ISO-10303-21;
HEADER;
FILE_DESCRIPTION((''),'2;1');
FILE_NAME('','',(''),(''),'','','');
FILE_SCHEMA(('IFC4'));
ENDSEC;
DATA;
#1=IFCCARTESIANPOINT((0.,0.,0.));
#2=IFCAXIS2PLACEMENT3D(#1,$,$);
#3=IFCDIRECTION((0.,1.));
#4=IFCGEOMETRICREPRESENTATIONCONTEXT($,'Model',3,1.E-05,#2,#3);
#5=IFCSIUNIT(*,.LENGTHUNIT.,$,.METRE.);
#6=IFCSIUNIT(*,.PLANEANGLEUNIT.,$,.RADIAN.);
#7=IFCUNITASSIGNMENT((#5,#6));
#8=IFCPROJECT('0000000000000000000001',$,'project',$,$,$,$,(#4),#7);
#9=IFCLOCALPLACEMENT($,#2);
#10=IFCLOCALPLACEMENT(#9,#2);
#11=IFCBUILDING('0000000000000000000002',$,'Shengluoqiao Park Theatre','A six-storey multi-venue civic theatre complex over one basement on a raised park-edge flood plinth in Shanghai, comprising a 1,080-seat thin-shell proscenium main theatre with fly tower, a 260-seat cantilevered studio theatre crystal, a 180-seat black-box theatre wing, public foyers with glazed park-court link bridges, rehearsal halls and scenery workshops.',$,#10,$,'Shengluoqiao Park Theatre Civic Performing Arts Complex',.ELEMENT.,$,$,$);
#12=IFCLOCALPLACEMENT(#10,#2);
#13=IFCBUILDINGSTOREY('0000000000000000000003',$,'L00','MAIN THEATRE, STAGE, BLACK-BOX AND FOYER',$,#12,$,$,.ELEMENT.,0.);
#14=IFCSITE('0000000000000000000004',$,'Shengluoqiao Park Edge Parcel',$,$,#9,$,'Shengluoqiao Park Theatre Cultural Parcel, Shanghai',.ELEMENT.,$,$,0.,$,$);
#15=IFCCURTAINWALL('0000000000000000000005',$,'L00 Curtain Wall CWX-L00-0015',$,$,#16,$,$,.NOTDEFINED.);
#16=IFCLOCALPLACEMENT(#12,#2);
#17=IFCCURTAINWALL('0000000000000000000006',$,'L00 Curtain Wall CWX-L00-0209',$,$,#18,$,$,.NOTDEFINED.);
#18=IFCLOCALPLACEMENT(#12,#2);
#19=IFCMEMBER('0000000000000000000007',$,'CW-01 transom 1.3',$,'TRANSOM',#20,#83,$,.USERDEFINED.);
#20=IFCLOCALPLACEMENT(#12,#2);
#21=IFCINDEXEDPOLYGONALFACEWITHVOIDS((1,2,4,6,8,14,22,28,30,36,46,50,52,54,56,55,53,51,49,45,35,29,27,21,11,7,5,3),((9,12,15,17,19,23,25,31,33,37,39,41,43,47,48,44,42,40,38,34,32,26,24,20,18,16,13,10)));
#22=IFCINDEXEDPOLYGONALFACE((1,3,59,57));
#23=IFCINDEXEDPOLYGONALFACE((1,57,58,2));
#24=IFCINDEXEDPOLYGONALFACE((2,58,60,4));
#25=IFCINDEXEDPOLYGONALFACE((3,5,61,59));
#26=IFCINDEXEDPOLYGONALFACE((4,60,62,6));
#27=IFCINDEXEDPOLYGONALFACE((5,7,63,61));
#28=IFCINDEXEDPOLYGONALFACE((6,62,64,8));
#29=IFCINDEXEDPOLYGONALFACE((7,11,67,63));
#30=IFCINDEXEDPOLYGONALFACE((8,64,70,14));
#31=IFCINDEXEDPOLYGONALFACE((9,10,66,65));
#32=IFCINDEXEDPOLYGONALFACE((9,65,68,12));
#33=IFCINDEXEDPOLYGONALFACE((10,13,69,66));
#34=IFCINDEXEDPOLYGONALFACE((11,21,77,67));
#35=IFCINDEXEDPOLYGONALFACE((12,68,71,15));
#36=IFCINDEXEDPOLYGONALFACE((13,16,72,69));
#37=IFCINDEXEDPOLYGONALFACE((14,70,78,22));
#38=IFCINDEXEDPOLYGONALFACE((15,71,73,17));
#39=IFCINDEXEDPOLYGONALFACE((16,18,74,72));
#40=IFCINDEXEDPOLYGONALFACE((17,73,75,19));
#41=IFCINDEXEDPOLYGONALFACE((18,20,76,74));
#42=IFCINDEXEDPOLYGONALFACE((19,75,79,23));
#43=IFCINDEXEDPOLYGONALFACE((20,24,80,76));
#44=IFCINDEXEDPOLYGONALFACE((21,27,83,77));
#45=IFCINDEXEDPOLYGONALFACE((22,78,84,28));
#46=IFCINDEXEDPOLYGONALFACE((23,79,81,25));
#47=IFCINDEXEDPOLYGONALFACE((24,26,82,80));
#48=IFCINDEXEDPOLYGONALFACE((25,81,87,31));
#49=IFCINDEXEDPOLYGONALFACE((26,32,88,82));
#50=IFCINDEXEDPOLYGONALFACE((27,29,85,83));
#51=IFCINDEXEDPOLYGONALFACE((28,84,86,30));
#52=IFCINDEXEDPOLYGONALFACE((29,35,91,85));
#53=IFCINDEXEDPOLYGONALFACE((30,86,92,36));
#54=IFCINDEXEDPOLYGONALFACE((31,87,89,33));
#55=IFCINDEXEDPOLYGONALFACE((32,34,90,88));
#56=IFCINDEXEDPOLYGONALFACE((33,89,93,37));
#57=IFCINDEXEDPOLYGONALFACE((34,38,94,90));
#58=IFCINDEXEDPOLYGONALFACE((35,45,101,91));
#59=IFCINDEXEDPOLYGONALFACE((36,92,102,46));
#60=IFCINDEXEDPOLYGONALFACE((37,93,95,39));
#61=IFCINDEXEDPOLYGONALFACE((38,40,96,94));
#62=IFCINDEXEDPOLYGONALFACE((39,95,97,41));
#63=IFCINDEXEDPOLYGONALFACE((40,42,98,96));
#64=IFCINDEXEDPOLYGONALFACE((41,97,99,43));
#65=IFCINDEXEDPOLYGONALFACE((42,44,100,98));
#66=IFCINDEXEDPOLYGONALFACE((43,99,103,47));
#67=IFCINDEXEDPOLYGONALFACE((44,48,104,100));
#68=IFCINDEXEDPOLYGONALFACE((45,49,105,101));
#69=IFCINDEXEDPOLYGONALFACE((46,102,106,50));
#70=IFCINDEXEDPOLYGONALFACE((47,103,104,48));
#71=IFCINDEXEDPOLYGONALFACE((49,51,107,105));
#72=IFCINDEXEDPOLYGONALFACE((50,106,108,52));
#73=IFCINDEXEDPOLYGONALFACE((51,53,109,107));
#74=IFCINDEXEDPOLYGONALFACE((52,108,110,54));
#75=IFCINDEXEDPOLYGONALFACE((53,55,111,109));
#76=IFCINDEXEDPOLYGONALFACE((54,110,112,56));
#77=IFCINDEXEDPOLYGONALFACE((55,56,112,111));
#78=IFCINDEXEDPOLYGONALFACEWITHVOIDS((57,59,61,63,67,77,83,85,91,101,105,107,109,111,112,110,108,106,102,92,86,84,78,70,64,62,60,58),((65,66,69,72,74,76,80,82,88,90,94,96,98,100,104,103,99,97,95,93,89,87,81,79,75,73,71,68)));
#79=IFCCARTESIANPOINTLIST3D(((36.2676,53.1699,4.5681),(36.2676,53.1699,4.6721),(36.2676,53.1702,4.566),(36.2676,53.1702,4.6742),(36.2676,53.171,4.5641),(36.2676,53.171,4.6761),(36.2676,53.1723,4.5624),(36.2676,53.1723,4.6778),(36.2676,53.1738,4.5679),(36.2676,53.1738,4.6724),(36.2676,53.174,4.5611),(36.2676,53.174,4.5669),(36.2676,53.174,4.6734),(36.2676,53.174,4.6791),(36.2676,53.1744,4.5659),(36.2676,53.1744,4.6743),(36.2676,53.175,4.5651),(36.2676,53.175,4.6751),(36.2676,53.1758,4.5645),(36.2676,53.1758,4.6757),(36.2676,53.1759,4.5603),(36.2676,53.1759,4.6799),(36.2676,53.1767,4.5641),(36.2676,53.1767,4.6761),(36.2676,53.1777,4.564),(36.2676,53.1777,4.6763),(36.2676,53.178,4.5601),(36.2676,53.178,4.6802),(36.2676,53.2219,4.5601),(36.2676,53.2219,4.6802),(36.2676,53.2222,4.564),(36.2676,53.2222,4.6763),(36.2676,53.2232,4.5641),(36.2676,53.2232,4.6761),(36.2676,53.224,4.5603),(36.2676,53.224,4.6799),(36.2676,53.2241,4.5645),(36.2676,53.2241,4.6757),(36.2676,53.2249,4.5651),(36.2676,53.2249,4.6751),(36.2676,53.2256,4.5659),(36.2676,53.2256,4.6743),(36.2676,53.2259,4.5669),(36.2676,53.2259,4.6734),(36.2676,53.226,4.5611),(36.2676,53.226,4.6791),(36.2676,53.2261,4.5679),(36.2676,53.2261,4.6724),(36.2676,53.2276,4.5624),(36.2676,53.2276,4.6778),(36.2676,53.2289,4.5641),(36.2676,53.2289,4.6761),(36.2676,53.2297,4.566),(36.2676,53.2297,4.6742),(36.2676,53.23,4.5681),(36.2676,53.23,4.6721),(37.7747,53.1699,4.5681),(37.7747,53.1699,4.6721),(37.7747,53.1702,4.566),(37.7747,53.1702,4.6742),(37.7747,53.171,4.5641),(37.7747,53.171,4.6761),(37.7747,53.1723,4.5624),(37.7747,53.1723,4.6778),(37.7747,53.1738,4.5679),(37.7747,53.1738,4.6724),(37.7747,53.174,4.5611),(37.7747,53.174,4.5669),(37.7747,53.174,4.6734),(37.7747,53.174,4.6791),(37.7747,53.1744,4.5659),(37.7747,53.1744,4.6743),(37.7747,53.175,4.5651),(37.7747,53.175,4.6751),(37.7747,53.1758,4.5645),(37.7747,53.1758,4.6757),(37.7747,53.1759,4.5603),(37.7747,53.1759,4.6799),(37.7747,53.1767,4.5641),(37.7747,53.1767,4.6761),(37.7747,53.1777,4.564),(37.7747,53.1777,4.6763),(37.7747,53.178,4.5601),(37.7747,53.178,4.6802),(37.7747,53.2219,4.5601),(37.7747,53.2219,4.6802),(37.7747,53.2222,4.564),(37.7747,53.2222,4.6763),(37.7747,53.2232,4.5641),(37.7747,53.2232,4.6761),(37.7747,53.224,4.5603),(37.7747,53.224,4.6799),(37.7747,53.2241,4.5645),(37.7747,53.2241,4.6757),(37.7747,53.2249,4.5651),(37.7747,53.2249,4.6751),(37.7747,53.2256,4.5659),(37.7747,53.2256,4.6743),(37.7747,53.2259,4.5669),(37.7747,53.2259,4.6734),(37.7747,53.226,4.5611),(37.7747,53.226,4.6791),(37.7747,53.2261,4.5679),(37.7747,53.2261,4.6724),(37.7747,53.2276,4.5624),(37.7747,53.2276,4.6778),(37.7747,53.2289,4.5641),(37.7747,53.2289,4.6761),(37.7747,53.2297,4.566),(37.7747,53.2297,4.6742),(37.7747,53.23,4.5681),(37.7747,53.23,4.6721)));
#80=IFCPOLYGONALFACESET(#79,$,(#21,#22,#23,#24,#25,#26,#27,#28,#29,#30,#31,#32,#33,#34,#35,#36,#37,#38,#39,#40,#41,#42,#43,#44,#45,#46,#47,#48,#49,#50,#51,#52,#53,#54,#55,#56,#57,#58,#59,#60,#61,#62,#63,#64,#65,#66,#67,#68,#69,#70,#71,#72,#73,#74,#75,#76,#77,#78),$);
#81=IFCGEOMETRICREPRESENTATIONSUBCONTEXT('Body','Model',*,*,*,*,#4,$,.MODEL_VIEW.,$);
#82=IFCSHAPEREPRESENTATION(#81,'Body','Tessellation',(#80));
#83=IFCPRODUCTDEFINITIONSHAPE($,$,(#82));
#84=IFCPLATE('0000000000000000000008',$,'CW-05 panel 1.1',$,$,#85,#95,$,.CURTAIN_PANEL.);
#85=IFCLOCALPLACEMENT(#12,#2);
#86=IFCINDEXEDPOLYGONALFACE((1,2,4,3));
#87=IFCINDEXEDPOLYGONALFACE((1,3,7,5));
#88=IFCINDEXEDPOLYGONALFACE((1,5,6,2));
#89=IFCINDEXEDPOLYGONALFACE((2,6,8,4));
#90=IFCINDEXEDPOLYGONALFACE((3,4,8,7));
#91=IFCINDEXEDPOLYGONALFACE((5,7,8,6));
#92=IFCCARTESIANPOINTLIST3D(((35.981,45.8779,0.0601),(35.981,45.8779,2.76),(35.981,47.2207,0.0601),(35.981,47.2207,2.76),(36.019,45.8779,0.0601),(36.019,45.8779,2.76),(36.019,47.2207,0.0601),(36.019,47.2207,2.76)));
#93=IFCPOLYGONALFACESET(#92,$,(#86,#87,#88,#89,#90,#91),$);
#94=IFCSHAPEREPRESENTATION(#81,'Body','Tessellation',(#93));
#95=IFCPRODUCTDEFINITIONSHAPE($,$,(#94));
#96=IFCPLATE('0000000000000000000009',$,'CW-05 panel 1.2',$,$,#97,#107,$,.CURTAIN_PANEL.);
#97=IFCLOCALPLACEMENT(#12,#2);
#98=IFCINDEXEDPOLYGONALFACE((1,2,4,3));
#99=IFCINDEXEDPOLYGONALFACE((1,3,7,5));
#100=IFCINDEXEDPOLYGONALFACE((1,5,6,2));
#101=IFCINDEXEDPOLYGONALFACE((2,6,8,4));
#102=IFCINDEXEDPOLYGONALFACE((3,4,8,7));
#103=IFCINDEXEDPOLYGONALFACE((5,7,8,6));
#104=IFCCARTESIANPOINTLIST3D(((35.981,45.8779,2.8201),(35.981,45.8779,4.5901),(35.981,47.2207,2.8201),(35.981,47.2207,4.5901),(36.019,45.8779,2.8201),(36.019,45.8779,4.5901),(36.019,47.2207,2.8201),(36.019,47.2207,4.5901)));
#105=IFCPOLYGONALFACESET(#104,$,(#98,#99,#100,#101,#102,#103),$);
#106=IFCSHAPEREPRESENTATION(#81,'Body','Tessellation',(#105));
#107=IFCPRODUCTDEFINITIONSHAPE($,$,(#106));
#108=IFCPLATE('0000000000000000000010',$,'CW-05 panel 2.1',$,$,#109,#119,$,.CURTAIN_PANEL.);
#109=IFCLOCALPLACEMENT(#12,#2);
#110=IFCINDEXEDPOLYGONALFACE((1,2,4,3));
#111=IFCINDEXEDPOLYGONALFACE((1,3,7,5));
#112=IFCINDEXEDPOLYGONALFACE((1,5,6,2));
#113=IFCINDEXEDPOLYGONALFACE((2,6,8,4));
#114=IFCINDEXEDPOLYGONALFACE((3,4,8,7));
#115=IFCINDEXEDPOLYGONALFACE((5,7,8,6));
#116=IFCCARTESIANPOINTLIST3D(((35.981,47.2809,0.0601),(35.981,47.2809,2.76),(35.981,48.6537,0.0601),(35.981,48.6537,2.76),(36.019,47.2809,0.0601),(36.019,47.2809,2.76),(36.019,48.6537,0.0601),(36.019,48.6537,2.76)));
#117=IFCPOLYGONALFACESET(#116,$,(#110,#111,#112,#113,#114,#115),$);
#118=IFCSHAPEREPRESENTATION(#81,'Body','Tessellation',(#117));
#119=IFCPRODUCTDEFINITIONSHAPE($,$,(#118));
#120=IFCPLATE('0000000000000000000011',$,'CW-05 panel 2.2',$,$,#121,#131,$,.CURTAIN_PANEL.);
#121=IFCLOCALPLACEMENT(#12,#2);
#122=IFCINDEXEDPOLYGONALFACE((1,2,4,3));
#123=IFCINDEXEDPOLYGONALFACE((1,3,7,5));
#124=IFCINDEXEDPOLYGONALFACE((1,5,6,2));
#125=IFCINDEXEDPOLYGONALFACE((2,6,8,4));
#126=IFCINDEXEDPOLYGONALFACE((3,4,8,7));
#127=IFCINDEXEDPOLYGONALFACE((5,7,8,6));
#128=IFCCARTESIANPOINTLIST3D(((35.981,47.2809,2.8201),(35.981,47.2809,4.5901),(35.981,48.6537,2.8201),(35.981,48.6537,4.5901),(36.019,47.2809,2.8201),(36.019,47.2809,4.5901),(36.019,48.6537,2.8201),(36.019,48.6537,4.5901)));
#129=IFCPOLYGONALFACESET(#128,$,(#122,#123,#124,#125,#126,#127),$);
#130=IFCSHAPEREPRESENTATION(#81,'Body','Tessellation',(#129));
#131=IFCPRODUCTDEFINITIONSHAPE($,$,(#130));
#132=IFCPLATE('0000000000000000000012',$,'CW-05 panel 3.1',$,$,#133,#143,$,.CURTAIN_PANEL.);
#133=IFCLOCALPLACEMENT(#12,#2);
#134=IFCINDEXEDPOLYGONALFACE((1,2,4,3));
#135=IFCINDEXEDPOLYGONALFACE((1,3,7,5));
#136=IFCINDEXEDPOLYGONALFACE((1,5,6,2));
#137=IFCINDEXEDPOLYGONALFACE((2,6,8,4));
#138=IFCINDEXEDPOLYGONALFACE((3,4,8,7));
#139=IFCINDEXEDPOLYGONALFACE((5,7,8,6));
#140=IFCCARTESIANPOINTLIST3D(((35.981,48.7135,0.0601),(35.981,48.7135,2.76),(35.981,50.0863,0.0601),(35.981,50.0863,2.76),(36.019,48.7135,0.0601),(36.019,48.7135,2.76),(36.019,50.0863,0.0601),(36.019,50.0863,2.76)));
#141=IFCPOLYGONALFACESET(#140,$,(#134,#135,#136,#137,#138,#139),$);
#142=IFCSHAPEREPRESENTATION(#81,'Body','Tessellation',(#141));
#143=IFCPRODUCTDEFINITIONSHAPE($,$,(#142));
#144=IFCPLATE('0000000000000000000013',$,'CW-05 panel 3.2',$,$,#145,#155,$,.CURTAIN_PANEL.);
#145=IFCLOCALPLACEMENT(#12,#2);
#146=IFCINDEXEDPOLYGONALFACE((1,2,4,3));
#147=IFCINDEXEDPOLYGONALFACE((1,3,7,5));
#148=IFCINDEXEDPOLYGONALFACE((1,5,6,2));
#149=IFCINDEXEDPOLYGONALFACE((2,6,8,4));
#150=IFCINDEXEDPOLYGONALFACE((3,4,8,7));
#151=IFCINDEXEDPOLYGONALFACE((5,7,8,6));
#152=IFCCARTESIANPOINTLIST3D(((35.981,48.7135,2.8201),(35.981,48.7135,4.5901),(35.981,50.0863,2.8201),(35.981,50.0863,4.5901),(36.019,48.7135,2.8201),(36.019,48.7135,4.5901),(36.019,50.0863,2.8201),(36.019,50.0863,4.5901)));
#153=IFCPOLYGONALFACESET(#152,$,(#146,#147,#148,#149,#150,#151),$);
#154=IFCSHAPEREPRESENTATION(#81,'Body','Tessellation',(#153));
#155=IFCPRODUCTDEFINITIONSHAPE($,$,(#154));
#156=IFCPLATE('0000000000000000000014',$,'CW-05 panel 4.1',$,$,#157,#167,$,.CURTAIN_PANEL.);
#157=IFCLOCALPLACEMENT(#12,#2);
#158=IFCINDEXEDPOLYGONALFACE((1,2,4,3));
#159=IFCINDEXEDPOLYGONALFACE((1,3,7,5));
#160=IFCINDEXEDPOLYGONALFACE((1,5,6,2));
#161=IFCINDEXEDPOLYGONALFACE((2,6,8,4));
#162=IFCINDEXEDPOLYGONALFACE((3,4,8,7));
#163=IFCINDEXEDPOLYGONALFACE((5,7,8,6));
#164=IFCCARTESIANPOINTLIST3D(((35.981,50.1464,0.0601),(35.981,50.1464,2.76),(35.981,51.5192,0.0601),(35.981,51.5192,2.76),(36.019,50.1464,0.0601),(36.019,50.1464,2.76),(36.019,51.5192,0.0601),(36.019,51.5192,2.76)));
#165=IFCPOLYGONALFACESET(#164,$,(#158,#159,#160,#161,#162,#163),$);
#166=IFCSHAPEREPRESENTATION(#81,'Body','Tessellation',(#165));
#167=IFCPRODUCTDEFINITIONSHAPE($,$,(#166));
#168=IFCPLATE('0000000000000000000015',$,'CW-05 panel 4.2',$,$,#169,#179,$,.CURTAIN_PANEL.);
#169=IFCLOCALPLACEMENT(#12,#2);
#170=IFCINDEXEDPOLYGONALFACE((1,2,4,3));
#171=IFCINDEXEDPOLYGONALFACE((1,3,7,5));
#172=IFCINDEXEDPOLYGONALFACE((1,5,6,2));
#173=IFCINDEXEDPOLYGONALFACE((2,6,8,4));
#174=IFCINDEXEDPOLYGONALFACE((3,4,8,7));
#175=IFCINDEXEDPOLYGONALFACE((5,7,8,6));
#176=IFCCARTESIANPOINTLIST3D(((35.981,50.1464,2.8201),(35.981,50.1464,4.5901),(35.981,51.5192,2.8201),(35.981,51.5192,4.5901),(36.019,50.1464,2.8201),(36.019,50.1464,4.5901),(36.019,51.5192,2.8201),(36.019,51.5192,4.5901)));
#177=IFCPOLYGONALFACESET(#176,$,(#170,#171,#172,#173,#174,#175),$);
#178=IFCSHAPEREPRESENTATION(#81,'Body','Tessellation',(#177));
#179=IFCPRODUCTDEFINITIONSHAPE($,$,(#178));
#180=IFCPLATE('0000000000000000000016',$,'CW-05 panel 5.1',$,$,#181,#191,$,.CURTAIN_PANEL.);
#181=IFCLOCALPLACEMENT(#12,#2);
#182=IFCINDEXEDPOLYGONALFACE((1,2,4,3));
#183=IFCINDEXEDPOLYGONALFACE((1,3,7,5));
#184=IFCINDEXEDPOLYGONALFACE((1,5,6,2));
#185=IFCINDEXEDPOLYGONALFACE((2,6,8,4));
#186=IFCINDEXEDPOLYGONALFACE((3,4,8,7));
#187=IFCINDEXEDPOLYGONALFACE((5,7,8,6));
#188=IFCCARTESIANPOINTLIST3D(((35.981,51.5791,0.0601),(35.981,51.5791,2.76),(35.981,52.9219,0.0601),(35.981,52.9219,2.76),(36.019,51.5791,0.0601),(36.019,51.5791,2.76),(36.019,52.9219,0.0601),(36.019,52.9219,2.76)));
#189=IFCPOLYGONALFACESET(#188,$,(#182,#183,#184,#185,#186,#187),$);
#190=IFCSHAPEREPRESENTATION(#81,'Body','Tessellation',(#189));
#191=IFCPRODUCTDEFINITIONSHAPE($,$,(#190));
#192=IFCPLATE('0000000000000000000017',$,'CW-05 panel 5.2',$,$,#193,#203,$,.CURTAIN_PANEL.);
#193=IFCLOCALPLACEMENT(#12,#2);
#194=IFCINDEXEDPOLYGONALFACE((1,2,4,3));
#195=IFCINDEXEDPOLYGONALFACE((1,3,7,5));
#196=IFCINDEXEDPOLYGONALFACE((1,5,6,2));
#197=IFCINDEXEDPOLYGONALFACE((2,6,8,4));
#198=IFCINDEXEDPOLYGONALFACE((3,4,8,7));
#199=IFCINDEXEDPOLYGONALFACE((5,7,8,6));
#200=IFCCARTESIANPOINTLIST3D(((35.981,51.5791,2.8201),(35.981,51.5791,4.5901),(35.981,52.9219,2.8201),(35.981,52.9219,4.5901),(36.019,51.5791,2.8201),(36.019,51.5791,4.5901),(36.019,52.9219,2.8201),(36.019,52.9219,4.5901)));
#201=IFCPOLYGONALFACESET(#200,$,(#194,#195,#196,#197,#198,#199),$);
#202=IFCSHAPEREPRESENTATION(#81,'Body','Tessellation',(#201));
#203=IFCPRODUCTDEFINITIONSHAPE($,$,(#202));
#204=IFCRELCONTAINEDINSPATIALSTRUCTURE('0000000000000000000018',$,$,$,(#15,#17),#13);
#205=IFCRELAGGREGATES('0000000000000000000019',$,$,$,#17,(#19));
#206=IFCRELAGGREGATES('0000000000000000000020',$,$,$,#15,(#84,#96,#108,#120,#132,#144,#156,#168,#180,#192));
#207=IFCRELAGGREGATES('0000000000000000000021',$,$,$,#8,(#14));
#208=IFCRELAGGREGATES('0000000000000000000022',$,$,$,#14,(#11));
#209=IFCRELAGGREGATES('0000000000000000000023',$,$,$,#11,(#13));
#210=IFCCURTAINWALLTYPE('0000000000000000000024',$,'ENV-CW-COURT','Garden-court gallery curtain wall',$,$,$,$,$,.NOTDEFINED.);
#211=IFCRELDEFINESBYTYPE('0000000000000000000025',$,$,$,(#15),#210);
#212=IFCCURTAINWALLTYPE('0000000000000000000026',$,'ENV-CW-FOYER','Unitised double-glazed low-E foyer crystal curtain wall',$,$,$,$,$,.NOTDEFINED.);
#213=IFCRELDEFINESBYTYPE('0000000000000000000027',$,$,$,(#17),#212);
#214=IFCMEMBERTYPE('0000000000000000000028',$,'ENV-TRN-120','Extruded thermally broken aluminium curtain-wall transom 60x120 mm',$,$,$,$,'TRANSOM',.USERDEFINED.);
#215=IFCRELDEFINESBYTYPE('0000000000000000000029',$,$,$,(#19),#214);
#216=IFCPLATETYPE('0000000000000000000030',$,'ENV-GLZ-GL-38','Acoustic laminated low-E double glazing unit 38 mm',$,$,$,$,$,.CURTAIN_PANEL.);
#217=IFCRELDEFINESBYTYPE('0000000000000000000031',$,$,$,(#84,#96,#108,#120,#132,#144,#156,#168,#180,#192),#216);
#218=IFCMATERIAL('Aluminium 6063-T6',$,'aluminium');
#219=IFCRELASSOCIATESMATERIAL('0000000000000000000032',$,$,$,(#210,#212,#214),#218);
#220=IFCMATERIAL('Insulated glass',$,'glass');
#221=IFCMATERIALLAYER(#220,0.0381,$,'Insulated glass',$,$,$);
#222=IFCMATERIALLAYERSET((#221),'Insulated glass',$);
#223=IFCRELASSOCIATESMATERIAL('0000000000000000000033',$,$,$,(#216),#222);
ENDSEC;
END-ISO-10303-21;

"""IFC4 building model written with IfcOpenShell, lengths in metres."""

from ifc_helpers import new_model, si_unit, direction, frame, origin, origin_2d, place, context, subcontext, project, spatial, rectangle, hollow_rectangle, extrude, material, layer, layer_set, material_profile, profile_set, type_object, element, aggregate, save


model = new_model("IFC4")

# Units and contexts
model_context = context("Model", 3, precision=1e-05, world=origin(), true_north=direction((0.0, 1.0)))
body_context = subcontext(model_context, "Body", "Model", "MODEL_VIEW")
ifc_project = project(units=[si_unit("LENGTHUNIT", "METRE"), si_unit("PLANEANGLEUNIT", "RADIAN")], contexts=[model_context])

# Site, building, storey
site_placement = place(None, origin())
site = spatial("IfcSite", under=ifc_project, at=site_placement, Name="Shengluoqiao Park Edge Parcel", LongName="Shengluoqiao Park Theatre Cultural Parcel, Shanghai", CompositionType="ELEMENT", RefElevation=0.0)
building_placement = place(site_placement, origin())
building = spatial("IfcBuilding", under=site, at=building_placement, Name="Shengluoqiao Park Theatre", Description="A six-storey multi-venue civic theatre complex over one basement on a raised park-edge flood plinth in Shanghai, comprising a 1,080-seat thin-shell proscenium main theatre with fly tower, a 260-seat cantilevered studio theatre crystal, a 180-seat black-box theatre wing, public foyers with glazed park-court link bridges, rehearsal halls and scenery workshops.", LongName="Shengluoqiao Park Theatre Civic Performing Arts Complex", CompositionType="ELEMENT")
storey_placement = place(building_placement, origin())
storey = spatial("IfcBuildingStorey", under=building, at=storey_placement, Name="L00", Description="MAIN THEATRE, STAGE, BLACK-BOX AND FOYER", CompositionType="ELEMENT", Elevation=0.0)

# Curtain wall
ifc_material_1 = material(Name="Aluminium 6063-T6", Category="aluminium")
curtain_wall_type_1 = type_object("IfcCurtainWallType", Name="ENV-CW-COURT", Description="Garden-court gallery curtain wall", PredefinedType="NOTDEFINED", material=ifc_material_1)
curtain_wall_1_placement = place(storey_placement, origin())
curtain_wall_1 = element("IfcCurtainWall", 1, at=curtain_wall_1_placement, inside=storey, type_object=curtain_wall_type_1, Name="L00 Curtain Wall CWX-L00-0015", PredefinedType="NOTDEFINED")

# Curtain wall
curtain_wall_type_2 = type_object("IfcCurtainWallType", Name="ENV-CW-FOYER", Description="Unitised double-glazed low-E foyer crystal curtain wall", PredefinedType="NOTDEFINED", material=ifc_material_1)
curtain_wall_2_placement = place(storey_placement, origin())
curtain_wall_2 = element("IfcCurtainWall", 2, at=curtain_wall_2_placement, inside=storey, type_object=curtain_wall_type_2, Name="L00 Curtain Wall CWX-L00-0209", PredefinedType="NOTDEFINED")

# Member
ifc_material_profile_1 = material_profile(ifc_material_1, hollow_rectangle(XDim=0.0601, YDim=0.1201, WallThickness=0.0039, InnerFilletRadius=0.0039, OuterFilletRadius=0.0081, at=origin_2d()), Name="ALU TRANSOM 120x60x4")
ifc_profile_set_1 = profile_set([ifc_material_profile_1], Name="Aluminium 6063-T6")
member_type_1 = type_object("IfcMemberType", Name="ENV-TRN-120", Description="Extruded thermally broken aluminium curtain-wall transom 60x120 mm", ElementType="TRANSOM", PredefinedType="USERDEFINED", material=ifc_profile_set_1)
member_1_placement = place(storey_placement, frame((36.2676, 53.2, 4.6201), z_axis=(1.0, 0.0, 0.0), x_axis=(0.0, 1.0, 0.0)))
member_1 = element("IfcMember", 3, at=member_1_placement, type_object=member_type_1, Name="CW-01 transom 1.3", ObjectType="TRANSOM", PredefinedType="USERDEFINED", context=body_context, shape_type="SweptSolid", body=[
    extrude(hollow_rectangle(XDim=0.0601, YDim=0.1201, WallThickness=0.0039, InnerFilletRadius=0.0039, OuterFilletRadius=0.0081, at=origin_2d()), origin(), (0.0, 0.0, 1.0), 1.5071),
])
aggregate(curtain_wall_2, [member_1])

# Plates
ifc_material_2 = material(Name="Insulated glass", Category="glass")
ifc_layer = layer(ifc_material_2, 0.0381, Name="Insulated glass")
ifc_layer_set = layer_set([ifc_layer], Name="Insulated glass")
plate_type = type_object("IfcPlateType", Name="ENV-GLZ-GL-38", Description="Acoustic laminated low-E double glazing unit 38 mm", PredefinedType="CURTAIN_PANEL", material=ifc_layer_set)
plate_1_placement = place(storey_placement, frame((36.0, 46.5493, 0.0601), z_axis=(0.0, 0.0, 1.0), x_axis=(0.0, 1.0, 0.0)))
plate_1 = element("IfcPlate", 4, at=plate_1_placement, type_object=plate_type, Name="CW-05 panel 1.1", PredefinedType="CURTAIN_PANEL", context=body_context, shape_type="SweptSolid", body=[
    extrude(rectangle(XDim=1.3428, YDim=0.0381, at=origin_2d()), origin(), (0.0, 0.0, 1.0), 2.7),
])
plate_2_placement = place(storey_placement, frame((36.0, 46.5493, 2.8201), z_axis=(0.0, 0.0, 1.0), x_axis=(0.0, 1.0, 0.0)))
plate_2 = element("IfcPlate", 5, at=plate_2_placement, type_object=plate_type, Name="CW-05 panel 1.2", PredefinedType="CURTAIN_PANEL", context=body_context, shape_type="SweptSolid", body=[
    extrude(rectangle(XDim=1.3428, YDim=0.0381, at=origin_2d()), origin(), (0.0, 0.0, 1.0), 1.77),
])
plate_3_placement = place(storey_placement, frame((36.0, 47.9673, 0.0601), z_axis=(0.0, 0.0, 1.0), x_axis=(0.0, 1.0, 0.0)))
plate_3 = element("IfcPlate", 6, at=plate_3_placement, type_object=plate_type, Name="CW-05 panel 2.1", PredefinedType="CURTAIN_PANEL", context=body_context, shape_type="SweptSolid", body=[
    extrude(rectangle(XDim=1.3728, YDim=0.0381, at=origin_2d()), origin(), (0.0, 0.0, 1.0), 2.7),
])
plate_4_placement = place(storey_placement, frame((36.0, 47.9673, 2.8201), z_axis=(0.0, 0.0, 1.0), x_axis=(0.0, 1.0, 0.0)))
plate_4 = element("IfcPlate", 7, at=plate_4_placement, type_object=plate_type, Name="CW-05 panel 2.2", PredefinedType="CURTAIN_PANEL", context=body_context, shape_type="SweptSolid", body=[
    extrude(rectangle(XDim=1.3728, YDim=0.0381, at=origin_2d()), origin(), (0.0, 0.0, 1.0), 1.77),
])
plate_5_placement = place(storey_placement, frame((36.0, 49.3999, 0.0601), z_axis=(0.0, 0.0, 1.0), x_axis=(0.0, 1.0, 0.0)))
plate_5 = element("IfcPlate", 8, at=plate_5_placement, type_object=plate_type, Name="CW-05 panel 3.1", PredefinedType="CURTAIN_PANEL", context=body_context, shape_type="SweptSolid", body=[
    extrude(rectangle(XDim=1.3728, YDim=0.0381, at=origin_2d()), origin(), (0.0, 0.0, 1.0), 2.7),
])
plate_6_placement = place(storey_placement, frame((36.0, 49.3999, 2.8201), z_axis=(0.0, 0.0, 1.0), x_axis=(0.0, 1.0, 0.0)))
plate_6 = element("IfcPlate", 9, at=plate_6_placement, type_object=plate_type, Name="CW-05 panel 3.2", PredefinedType="CURTAIN_PANEL", context=body_context, shape_type="SweptSolid", body=[
    extrude(rectangle(XDim=1.3728, YDim=0.0381, at=origin_2d()), origin(), (0.0, 0.0, 1.0), 1.77),
])
plate_7_placement = place(storey_placement, frame((36.0, 50.8328, 0.0601), z_axis=(0.0, 0.0, 1.0), x_axis=(0.0, 1.0, 0.0)))
plate_7 = element("IfcPlate", 10, at=plate_7_placement, type_object=plate_type, Name="CW-05 panel 4.1", PredefinedType="CURTAIN_PANEL", context=body_context, shape_type="SweptSolid", body=[
    extrude(rectangle(XDim=1.3728, YDim=0.0381, at=origin_2d()), origin(), (0.0, 0.0, 1.0), 2.7),
])
plate_8_placement = place(storey_placement, frame((36.0, 50.8328, 2.8201), z_axis=(0.0, 0.0, 1.0), x_axis=(0.0, 1.0, 0.0)))
plate_8 = element("IfcPlate", 11, at=plate_8_placement, type_object=plate_type, Name="CW-05 panel 4.2", PredefinedType="CURTAIN_PANEL", context=body_context, shape_type="SweptSolid", body=[
    extrude(rectangle(XDim=1.3728, YDim=0.0381, at=origin_2d()), origin(), (0.0, 0.0, 1.0), 1.77),
])
plate_9_placement = place(storey_placement, frame((36.0, 52.2505, 0.0601), z_axis=(0.0, 0.0, 1.0), x_axis=(0.0, 1.0, 0.0)))
plate_9 = element("IfcPlate", 12, at=plate_9_placement, type_object=plate_type, Name="CW-05 panel 5.1", PredefinedType="CURTAIN_PANEL", context=body_context, shape_type="SweptSolid", body=[
    extrude(rectangle(XDim=1.3428, YDim=0.0381, at=origin_2d()), origin(), (0.0, 0.0, 1.0), 2.7),
])
plate_10_placement = place(storey_placement, frame((36.0, 52.2505, 2.8201), z_axis=(0.0, 0.0, 1.0), x_axis=(0.0, 1.0, 0.0)))
plate_10 = element("IfcPlate", 13, at=plate_10_placement, type_object=plate_type, Name="CW-05 panel 5.2", PredefinedType="CURTAIN_PANEL", context=body_context, shape_type="SweptSolid", body=[
    extrude(rectangle(XDim=1.3428, YDim=0.0381, at=origin_2d()), origin(), (0.0, 0.0, 1.0), 1.77),
])
aggregate(curtain_wall_1, [plate_1, plate_2, plate_3, plate_4, plate_5, plate_6, plate_7, plate_8, plate_9, plate_10])

save(model, "model.ifc")
